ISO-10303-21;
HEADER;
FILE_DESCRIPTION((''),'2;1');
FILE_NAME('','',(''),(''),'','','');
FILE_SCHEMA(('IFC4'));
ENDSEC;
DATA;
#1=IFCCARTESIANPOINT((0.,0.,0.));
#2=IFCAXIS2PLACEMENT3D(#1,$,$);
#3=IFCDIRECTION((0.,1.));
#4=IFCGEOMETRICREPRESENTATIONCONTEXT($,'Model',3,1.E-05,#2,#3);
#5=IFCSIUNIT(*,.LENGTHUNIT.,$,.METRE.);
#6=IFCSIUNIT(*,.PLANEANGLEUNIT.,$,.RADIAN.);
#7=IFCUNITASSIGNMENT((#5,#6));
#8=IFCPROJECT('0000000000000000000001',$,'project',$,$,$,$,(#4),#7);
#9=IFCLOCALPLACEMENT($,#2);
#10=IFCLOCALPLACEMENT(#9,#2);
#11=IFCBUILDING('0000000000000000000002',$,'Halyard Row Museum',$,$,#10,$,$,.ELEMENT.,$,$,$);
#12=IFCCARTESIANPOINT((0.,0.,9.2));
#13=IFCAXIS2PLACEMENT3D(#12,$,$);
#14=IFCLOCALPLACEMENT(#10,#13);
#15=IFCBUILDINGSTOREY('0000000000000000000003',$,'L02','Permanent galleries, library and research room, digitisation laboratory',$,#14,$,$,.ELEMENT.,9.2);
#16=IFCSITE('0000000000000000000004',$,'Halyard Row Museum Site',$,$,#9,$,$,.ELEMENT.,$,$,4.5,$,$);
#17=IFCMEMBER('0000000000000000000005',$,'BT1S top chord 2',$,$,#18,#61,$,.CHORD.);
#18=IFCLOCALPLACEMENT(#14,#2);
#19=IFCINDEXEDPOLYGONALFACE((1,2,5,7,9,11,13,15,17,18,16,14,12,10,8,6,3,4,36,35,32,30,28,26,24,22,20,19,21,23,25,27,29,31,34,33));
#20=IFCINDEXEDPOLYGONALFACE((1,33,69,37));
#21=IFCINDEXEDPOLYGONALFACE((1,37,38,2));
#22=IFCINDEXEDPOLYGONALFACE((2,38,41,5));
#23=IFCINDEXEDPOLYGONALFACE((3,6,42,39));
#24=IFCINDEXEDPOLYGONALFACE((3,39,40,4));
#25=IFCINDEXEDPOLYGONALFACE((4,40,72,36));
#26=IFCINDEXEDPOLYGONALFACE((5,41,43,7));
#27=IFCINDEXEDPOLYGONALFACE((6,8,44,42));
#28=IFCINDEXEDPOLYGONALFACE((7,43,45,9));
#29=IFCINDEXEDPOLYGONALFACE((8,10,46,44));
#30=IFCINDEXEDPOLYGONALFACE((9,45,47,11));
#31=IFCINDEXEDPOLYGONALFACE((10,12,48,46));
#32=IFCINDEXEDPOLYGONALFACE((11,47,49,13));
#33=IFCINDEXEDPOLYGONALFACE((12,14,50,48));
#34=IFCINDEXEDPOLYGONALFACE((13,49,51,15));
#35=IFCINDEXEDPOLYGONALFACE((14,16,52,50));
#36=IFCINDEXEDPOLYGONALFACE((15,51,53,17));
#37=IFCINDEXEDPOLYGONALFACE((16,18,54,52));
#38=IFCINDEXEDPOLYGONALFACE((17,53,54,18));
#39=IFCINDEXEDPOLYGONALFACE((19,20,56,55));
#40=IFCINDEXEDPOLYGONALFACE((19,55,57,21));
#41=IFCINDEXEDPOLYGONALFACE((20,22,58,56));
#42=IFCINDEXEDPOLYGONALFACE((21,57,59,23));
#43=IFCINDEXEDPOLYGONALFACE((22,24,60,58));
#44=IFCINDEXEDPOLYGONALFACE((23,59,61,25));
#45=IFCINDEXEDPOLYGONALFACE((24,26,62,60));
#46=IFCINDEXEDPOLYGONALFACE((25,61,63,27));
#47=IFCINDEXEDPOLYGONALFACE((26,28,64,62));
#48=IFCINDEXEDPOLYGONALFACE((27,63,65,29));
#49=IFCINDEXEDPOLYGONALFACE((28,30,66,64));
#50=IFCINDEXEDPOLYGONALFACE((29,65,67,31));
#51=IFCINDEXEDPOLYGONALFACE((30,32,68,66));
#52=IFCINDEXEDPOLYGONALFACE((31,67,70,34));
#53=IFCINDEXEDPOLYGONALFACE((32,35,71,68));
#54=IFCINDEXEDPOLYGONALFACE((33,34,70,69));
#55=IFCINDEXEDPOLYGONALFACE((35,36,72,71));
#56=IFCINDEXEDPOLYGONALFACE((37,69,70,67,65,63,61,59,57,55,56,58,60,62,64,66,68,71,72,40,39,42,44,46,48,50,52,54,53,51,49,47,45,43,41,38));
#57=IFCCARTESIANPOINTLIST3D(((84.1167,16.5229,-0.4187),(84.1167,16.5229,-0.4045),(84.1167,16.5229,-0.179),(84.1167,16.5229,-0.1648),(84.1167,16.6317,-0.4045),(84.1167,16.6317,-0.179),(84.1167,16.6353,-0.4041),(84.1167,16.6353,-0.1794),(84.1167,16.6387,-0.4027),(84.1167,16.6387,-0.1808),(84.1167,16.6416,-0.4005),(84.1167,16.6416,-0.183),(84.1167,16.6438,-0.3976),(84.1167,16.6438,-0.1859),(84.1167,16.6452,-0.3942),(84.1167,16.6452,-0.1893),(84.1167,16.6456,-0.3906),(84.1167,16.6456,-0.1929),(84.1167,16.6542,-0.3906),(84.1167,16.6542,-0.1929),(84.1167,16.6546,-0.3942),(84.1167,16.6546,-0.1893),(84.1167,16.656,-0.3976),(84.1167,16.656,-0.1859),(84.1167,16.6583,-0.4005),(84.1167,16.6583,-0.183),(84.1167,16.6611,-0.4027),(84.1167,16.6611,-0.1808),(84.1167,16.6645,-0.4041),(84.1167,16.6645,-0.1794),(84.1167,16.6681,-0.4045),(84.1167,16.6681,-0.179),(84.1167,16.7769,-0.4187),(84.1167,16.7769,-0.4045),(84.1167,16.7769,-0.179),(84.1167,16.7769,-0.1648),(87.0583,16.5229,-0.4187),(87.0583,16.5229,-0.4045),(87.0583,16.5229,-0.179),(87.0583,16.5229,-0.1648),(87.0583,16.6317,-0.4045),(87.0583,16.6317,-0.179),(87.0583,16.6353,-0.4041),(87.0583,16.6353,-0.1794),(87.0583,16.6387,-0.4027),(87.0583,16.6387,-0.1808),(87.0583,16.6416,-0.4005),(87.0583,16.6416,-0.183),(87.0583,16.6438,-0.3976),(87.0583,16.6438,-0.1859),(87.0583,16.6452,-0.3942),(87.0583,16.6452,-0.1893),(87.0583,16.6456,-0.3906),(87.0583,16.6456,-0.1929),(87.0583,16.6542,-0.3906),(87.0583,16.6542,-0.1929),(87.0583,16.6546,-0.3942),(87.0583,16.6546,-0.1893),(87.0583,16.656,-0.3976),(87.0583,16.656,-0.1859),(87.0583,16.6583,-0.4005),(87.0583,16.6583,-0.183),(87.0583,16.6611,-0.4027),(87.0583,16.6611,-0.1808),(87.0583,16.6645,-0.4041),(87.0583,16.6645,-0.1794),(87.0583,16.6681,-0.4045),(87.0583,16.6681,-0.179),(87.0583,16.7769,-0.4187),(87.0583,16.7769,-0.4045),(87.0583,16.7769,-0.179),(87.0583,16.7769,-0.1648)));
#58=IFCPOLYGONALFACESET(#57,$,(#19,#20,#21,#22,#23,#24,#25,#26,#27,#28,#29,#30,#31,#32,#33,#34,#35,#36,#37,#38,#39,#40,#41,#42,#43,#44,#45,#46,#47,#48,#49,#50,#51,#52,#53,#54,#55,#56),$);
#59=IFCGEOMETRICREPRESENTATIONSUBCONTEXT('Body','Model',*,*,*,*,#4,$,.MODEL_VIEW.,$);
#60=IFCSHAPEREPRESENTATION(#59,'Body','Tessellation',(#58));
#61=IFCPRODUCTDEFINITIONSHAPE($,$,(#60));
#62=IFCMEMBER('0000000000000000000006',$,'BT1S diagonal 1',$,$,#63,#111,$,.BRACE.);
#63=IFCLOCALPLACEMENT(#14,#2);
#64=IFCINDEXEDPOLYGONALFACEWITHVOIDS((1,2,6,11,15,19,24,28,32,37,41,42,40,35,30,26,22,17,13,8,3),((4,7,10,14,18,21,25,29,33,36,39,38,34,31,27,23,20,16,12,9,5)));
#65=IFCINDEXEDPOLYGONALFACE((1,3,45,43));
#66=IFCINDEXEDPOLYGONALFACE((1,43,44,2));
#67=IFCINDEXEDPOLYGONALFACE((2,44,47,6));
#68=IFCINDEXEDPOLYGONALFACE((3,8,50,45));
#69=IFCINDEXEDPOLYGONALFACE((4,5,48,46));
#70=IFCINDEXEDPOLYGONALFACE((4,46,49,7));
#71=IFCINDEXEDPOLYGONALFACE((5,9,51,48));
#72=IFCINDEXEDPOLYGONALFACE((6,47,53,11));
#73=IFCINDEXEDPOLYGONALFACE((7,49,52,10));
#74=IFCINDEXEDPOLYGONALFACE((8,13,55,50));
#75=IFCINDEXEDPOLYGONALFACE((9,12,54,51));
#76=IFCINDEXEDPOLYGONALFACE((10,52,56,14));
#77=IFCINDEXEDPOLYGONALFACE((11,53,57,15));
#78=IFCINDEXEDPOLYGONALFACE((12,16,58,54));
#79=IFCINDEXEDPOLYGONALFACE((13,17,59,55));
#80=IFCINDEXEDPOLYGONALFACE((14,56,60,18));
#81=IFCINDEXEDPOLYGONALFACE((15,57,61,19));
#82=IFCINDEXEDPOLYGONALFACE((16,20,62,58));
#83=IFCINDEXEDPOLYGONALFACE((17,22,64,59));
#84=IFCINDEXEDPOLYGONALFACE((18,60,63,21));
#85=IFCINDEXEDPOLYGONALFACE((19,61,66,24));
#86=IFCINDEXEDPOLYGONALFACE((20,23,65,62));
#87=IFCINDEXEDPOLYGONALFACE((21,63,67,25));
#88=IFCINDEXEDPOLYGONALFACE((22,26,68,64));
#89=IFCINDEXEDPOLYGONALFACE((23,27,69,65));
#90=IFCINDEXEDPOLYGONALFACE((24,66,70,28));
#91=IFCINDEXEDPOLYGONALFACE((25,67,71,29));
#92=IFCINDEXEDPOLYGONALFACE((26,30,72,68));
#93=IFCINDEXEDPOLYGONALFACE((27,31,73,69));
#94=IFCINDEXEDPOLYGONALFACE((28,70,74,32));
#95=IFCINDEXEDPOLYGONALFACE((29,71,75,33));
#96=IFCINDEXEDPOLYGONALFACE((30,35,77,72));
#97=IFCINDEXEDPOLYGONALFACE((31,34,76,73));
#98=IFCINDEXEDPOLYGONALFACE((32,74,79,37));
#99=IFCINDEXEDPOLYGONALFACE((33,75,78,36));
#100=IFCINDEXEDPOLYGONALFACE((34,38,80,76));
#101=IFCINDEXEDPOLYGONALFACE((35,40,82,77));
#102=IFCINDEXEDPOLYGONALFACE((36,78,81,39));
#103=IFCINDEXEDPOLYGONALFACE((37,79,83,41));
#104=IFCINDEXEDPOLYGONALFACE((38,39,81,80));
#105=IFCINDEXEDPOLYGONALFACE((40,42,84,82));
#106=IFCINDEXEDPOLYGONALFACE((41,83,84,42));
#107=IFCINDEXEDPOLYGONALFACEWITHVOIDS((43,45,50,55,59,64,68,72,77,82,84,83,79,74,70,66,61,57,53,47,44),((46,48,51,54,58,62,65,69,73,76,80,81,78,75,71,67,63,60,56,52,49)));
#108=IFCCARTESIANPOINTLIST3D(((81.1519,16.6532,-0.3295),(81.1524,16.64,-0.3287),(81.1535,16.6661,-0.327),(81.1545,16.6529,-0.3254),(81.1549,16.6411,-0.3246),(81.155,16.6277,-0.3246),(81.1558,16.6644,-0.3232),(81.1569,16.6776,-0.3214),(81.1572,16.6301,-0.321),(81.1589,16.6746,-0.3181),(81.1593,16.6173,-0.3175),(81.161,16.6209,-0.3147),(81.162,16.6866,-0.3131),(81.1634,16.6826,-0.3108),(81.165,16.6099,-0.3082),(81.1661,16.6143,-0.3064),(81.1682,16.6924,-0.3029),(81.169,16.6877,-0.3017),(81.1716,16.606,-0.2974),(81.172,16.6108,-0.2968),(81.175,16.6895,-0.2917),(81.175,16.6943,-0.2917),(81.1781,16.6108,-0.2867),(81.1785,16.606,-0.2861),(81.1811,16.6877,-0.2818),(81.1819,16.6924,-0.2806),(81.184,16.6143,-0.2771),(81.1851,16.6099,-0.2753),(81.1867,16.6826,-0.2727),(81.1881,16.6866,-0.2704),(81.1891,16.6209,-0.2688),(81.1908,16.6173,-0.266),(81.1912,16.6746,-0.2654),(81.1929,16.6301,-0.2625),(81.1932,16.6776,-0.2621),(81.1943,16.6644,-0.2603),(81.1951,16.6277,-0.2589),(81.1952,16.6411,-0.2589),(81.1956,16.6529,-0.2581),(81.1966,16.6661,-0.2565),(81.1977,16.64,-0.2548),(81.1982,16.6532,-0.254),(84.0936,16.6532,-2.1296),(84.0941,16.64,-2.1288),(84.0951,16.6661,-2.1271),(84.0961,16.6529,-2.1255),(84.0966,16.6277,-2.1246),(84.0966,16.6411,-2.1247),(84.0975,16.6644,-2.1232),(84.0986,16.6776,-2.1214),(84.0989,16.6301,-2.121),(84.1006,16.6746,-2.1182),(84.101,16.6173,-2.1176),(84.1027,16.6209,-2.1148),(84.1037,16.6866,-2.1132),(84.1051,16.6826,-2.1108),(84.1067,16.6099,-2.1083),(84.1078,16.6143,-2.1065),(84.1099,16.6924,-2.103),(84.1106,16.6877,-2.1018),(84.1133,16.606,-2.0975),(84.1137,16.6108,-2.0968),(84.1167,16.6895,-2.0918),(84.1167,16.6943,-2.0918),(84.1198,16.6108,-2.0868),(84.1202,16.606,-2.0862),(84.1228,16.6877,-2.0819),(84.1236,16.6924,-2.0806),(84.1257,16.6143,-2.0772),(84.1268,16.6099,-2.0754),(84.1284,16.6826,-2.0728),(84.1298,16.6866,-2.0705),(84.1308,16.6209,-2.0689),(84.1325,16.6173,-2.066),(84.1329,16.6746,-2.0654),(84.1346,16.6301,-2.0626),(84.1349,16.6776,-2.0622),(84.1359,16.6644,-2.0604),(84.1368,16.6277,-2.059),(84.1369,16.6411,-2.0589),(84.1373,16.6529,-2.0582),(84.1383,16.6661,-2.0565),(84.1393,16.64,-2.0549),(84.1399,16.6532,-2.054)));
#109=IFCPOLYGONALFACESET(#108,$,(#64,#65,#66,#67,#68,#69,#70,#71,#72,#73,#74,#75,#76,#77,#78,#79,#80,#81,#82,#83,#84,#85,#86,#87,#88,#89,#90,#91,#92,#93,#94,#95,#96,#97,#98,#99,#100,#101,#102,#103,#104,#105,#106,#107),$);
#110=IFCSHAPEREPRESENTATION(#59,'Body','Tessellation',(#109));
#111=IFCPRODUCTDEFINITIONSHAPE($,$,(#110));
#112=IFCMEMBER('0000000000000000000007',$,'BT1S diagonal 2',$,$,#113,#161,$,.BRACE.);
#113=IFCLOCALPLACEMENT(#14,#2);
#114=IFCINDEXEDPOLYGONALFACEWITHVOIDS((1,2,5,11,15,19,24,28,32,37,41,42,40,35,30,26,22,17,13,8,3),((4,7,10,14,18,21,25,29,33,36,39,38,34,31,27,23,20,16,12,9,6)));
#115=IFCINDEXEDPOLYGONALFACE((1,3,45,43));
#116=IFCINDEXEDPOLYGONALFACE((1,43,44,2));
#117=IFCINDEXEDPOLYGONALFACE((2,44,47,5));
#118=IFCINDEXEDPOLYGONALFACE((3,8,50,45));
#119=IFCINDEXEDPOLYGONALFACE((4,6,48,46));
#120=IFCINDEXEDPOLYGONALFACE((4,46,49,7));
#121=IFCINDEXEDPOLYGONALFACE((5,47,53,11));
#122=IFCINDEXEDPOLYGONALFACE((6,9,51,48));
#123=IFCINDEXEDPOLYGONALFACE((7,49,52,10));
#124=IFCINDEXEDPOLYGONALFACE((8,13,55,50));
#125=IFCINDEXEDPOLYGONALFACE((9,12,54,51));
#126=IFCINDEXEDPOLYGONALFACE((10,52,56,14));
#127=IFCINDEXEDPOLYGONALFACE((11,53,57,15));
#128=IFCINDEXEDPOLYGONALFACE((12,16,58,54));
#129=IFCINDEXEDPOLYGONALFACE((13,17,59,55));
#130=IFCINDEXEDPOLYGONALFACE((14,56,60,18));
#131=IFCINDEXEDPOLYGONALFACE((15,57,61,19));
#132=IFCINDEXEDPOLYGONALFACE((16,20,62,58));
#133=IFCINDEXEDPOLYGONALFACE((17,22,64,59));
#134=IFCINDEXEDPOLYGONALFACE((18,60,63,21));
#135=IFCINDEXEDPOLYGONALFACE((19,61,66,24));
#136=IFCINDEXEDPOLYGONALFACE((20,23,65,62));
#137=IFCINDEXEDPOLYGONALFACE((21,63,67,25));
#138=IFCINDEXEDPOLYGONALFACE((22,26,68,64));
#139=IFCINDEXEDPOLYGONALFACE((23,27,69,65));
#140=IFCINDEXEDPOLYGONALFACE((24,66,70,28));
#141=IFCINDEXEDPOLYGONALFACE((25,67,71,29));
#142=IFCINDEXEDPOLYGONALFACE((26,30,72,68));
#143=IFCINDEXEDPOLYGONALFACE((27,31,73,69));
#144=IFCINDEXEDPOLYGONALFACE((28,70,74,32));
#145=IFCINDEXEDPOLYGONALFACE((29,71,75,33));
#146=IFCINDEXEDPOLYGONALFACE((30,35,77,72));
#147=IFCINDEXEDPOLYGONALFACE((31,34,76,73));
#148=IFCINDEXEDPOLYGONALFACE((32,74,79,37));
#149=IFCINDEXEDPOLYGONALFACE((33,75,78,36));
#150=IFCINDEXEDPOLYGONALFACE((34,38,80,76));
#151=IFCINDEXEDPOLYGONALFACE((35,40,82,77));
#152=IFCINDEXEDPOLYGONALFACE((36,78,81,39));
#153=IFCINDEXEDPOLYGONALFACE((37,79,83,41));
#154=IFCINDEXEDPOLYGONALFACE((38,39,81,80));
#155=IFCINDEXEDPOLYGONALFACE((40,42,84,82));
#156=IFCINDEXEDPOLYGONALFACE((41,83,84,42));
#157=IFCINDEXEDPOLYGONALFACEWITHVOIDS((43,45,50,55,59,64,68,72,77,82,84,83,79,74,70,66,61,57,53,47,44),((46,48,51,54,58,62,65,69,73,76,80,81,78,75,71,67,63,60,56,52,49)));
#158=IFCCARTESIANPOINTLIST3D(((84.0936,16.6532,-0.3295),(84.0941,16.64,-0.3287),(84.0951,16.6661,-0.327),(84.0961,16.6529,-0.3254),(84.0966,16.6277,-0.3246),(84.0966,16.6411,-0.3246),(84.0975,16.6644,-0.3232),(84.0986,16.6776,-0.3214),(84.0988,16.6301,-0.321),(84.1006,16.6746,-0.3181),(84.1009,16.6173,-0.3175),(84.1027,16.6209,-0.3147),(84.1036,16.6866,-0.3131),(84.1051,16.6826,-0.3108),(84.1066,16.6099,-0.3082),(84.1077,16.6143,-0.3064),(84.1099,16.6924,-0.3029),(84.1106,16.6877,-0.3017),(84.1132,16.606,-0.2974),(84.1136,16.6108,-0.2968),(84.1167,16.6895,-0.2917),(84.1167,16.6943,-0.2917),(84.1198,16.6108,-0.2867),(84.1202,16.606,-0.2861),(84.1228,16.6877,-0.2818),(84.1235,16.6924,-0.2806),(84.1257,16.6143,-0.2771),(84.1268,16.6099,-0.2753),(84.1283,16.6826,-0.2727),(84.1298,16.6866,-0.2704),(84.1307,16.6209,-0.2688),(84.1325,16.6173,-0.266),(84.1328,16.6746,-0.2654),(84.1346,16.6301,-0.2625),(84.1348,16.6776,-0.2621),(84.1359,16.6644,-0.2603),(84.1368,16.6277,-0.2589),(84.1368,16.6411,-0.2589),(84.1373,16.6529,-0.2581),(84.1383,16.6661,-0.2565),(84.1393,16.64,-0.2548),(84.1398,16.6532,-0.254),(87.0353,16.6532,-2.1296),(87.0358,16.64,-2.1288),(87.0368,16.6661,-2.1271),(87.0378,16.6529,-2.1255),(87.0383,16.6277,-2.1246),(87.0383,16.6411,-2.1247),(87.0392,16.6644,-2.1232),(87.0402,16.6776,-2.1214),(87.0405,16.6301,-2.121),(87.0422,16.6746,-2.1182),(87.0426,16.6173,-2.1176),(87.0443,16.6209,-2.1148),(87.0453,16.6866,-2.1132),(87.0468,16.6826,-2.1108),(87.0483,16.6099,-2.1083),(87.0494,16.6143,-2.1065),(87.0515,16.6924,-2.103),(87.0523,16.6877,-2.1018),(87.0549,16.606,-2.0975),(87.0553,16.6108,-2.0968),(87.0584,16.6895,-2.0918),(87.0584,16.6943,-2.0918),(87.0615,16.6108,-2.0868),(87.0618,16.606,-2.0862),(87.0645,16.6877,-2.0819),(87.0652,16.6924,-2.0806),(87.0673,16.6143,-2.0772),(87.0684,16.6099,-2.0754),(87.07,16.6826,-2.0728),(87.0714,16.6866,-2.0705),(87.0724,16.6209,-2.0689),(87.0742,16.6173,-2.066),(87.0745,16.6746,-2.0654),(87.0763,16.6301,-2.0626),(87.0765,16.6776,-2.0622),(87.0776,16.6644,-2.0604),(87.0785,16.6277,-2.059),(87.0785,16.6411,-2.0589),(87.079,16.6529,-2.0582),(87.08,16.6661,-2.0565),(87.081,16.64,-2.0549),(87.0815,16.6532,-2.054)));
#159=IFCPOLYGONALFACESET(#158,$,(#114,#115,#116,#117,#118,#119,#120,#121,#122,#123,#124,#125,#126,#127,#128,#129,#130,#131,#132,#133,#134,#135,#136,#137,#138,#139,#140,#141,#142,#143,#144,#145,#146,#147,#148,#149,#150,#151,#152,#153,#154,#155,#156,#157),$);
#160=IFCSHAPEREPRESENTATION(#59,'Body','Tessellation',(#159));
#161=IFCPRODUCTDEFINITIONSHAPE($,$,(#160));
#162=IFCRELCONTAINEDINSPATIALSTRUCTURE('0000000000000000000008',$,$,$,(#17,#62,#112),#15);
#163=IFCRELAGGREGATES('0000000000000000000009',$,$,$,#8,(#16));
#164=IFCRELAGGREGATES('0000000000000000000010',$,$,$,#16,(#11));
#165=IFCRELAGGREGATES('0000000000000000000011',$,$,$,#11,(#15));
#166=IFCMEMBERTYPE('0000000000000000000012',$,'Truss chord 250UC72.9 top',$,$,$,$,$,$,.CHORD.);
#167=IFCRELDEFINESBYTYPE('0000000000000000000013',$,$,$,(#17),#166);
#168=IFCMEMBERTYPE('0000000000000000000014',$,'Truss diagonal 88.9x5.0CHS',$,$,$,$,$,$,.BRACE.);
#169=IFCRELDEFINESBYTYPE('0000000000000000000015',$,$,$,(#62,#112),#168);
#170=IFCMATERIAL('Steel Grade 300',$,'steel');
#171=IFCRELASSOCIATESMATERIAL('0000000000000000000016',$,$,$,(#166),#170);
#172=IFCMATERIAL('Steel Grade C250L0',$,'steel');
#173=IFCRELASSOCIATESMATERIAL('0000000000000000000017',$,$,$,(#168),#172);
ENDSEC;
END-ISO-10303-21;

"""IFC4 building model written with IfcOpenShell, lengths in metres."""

from ifc_helpers import new_model, si_unit, direction, frame, origin, origin_2d, place, context, subcontext, project, spatial, hollow_circle, i_section, extrude, material, material_profile, profile_set, type_object, element, save


model = new_model("IFC4")

# Units and contexts
model_context = context("Model", 3, precision=1e-05, world=origin(), true_north=direction((0.0, 1.0)))
body_context = subcontext(model_context, "Body", "Model", "MODEL_VIEW")
ifc_project = project(units=[si_unit("LENGTHUNIT", "METRE"), si_unit("PLANEANGLEUNIT", "RADIAN")], contexts=[model_context])

# Site, building, storey
site_placement = place(None, origin())
site = spatial("IfcSite", under=ifc_project, at=site_placement, Name="Halyard Row Museum Site", CompositionType="ELEMENT", RefElevation=4.5)
building_placement = place(site_placement, origin())
building = spatial("IfcBuilding", under=site, at=building_placement, Name="Halyard Row Museum", CompositionType="ELEMENT")
storey_placement = place(building_placement, frame((0.0, 0.0, 9.2)))
storey = spatial("IfcBuildingStorey", under=building, at=storey_placement, Name="L02", Description="Permanent galleries, library and research room, digitisation laboratory", CompositionType="ELEMENT", Elevation=9.2)

# Members
ifc_material_1 = material(Name="Steel Grade 300", Category="steel")
ifc_material_profile_1 = material_profile(ifc_material_1, i_section(OverallWidth=0.2539, OverallDepth=0.2539, WebThickness=0.0085, FlangeThickness=0.0142, FilletRadius=0.0139, at=origin_2d()), Name="250UC72.9")
ifc_profile_set_1 = profile_set([ifc_material_profile_1], Name="Steel Grade 300")
member_type_1 = type_object("IfcMemberType", Name="Truss chord 250UC72.9 top", PredefinedType="CHORD", material=ifc_profile_set_1)
member_1_placement = place(storey_placement, frame((84.1167, 16.6499, -0.2917), z_axis=(1.0, 0.0, 0.0), x_axis=(0.0, 1.0, 0.0)))
element("IfcMember", 1, at=member_1_placement, inside=storey, type_object=member_type_1, Name="BT1S top chord 2", PredefinedType="CHORD", context=body_context, shape_type="SweptSolid", body=[
    extrude(i_section(OverallWidth=0.2539, OverallDepth=0.2539, WebThickness=0.0085, FlangeThickness=0.0142, FilletRadius=0.0139, at=origin_2d()), origin(), (0.0, 0.0, 1.0), 2.9417),
])
ifc_material_2 = material(Name="Steel Grade C250L0", Category="steel")
ifc_material_profile_2 = material_profile(ifc_material_2, hollow_circle(Radius=0.0444, WallThickness=0.0049, at=origin_2d()), Name="88.9x5.0CHS")
ifc_profile_set_2 = profile_set([ifc_material_profile_2], Name="Steel Grade C250L0")
member_type_2 = type_object("IfcMemberType", Name="Truss diagonal 88.9x5.0CHS", PredefinedType="BRACE", material=ifc_profile_set_2)
for number, where, z_axis, x_axis, name in (
    (2, (81.175, 16.6499, -0.2917), (0.852975, 0.0, -0.521951), (0.0, 1.0, 0.0), "BT1S diagonal 1"),
    (3, (84.1167, 16.6499, -0.2917), (0.852975, 0.0, -0.521951), (0.0, 1.0, 0.0), "BT1S diagonal 2"),
):
    element("IfcMember", number, at=place(storey_placement, frame(where, z_axis=z_axis, x_axis=x_axis)), inside=storey, type_object=member_type_2, Name=name, PredefinedType="BRACE", context=body_context, shape_type="SweptSolid", body=[
        extrude(hollow_circle(Radius=0.0444, WallThickness=0.0049, at=origin_2d()), origin(), (0.0, 0.0, 1.0), 3.4487),
    ])

save(model, "model.ifc")
